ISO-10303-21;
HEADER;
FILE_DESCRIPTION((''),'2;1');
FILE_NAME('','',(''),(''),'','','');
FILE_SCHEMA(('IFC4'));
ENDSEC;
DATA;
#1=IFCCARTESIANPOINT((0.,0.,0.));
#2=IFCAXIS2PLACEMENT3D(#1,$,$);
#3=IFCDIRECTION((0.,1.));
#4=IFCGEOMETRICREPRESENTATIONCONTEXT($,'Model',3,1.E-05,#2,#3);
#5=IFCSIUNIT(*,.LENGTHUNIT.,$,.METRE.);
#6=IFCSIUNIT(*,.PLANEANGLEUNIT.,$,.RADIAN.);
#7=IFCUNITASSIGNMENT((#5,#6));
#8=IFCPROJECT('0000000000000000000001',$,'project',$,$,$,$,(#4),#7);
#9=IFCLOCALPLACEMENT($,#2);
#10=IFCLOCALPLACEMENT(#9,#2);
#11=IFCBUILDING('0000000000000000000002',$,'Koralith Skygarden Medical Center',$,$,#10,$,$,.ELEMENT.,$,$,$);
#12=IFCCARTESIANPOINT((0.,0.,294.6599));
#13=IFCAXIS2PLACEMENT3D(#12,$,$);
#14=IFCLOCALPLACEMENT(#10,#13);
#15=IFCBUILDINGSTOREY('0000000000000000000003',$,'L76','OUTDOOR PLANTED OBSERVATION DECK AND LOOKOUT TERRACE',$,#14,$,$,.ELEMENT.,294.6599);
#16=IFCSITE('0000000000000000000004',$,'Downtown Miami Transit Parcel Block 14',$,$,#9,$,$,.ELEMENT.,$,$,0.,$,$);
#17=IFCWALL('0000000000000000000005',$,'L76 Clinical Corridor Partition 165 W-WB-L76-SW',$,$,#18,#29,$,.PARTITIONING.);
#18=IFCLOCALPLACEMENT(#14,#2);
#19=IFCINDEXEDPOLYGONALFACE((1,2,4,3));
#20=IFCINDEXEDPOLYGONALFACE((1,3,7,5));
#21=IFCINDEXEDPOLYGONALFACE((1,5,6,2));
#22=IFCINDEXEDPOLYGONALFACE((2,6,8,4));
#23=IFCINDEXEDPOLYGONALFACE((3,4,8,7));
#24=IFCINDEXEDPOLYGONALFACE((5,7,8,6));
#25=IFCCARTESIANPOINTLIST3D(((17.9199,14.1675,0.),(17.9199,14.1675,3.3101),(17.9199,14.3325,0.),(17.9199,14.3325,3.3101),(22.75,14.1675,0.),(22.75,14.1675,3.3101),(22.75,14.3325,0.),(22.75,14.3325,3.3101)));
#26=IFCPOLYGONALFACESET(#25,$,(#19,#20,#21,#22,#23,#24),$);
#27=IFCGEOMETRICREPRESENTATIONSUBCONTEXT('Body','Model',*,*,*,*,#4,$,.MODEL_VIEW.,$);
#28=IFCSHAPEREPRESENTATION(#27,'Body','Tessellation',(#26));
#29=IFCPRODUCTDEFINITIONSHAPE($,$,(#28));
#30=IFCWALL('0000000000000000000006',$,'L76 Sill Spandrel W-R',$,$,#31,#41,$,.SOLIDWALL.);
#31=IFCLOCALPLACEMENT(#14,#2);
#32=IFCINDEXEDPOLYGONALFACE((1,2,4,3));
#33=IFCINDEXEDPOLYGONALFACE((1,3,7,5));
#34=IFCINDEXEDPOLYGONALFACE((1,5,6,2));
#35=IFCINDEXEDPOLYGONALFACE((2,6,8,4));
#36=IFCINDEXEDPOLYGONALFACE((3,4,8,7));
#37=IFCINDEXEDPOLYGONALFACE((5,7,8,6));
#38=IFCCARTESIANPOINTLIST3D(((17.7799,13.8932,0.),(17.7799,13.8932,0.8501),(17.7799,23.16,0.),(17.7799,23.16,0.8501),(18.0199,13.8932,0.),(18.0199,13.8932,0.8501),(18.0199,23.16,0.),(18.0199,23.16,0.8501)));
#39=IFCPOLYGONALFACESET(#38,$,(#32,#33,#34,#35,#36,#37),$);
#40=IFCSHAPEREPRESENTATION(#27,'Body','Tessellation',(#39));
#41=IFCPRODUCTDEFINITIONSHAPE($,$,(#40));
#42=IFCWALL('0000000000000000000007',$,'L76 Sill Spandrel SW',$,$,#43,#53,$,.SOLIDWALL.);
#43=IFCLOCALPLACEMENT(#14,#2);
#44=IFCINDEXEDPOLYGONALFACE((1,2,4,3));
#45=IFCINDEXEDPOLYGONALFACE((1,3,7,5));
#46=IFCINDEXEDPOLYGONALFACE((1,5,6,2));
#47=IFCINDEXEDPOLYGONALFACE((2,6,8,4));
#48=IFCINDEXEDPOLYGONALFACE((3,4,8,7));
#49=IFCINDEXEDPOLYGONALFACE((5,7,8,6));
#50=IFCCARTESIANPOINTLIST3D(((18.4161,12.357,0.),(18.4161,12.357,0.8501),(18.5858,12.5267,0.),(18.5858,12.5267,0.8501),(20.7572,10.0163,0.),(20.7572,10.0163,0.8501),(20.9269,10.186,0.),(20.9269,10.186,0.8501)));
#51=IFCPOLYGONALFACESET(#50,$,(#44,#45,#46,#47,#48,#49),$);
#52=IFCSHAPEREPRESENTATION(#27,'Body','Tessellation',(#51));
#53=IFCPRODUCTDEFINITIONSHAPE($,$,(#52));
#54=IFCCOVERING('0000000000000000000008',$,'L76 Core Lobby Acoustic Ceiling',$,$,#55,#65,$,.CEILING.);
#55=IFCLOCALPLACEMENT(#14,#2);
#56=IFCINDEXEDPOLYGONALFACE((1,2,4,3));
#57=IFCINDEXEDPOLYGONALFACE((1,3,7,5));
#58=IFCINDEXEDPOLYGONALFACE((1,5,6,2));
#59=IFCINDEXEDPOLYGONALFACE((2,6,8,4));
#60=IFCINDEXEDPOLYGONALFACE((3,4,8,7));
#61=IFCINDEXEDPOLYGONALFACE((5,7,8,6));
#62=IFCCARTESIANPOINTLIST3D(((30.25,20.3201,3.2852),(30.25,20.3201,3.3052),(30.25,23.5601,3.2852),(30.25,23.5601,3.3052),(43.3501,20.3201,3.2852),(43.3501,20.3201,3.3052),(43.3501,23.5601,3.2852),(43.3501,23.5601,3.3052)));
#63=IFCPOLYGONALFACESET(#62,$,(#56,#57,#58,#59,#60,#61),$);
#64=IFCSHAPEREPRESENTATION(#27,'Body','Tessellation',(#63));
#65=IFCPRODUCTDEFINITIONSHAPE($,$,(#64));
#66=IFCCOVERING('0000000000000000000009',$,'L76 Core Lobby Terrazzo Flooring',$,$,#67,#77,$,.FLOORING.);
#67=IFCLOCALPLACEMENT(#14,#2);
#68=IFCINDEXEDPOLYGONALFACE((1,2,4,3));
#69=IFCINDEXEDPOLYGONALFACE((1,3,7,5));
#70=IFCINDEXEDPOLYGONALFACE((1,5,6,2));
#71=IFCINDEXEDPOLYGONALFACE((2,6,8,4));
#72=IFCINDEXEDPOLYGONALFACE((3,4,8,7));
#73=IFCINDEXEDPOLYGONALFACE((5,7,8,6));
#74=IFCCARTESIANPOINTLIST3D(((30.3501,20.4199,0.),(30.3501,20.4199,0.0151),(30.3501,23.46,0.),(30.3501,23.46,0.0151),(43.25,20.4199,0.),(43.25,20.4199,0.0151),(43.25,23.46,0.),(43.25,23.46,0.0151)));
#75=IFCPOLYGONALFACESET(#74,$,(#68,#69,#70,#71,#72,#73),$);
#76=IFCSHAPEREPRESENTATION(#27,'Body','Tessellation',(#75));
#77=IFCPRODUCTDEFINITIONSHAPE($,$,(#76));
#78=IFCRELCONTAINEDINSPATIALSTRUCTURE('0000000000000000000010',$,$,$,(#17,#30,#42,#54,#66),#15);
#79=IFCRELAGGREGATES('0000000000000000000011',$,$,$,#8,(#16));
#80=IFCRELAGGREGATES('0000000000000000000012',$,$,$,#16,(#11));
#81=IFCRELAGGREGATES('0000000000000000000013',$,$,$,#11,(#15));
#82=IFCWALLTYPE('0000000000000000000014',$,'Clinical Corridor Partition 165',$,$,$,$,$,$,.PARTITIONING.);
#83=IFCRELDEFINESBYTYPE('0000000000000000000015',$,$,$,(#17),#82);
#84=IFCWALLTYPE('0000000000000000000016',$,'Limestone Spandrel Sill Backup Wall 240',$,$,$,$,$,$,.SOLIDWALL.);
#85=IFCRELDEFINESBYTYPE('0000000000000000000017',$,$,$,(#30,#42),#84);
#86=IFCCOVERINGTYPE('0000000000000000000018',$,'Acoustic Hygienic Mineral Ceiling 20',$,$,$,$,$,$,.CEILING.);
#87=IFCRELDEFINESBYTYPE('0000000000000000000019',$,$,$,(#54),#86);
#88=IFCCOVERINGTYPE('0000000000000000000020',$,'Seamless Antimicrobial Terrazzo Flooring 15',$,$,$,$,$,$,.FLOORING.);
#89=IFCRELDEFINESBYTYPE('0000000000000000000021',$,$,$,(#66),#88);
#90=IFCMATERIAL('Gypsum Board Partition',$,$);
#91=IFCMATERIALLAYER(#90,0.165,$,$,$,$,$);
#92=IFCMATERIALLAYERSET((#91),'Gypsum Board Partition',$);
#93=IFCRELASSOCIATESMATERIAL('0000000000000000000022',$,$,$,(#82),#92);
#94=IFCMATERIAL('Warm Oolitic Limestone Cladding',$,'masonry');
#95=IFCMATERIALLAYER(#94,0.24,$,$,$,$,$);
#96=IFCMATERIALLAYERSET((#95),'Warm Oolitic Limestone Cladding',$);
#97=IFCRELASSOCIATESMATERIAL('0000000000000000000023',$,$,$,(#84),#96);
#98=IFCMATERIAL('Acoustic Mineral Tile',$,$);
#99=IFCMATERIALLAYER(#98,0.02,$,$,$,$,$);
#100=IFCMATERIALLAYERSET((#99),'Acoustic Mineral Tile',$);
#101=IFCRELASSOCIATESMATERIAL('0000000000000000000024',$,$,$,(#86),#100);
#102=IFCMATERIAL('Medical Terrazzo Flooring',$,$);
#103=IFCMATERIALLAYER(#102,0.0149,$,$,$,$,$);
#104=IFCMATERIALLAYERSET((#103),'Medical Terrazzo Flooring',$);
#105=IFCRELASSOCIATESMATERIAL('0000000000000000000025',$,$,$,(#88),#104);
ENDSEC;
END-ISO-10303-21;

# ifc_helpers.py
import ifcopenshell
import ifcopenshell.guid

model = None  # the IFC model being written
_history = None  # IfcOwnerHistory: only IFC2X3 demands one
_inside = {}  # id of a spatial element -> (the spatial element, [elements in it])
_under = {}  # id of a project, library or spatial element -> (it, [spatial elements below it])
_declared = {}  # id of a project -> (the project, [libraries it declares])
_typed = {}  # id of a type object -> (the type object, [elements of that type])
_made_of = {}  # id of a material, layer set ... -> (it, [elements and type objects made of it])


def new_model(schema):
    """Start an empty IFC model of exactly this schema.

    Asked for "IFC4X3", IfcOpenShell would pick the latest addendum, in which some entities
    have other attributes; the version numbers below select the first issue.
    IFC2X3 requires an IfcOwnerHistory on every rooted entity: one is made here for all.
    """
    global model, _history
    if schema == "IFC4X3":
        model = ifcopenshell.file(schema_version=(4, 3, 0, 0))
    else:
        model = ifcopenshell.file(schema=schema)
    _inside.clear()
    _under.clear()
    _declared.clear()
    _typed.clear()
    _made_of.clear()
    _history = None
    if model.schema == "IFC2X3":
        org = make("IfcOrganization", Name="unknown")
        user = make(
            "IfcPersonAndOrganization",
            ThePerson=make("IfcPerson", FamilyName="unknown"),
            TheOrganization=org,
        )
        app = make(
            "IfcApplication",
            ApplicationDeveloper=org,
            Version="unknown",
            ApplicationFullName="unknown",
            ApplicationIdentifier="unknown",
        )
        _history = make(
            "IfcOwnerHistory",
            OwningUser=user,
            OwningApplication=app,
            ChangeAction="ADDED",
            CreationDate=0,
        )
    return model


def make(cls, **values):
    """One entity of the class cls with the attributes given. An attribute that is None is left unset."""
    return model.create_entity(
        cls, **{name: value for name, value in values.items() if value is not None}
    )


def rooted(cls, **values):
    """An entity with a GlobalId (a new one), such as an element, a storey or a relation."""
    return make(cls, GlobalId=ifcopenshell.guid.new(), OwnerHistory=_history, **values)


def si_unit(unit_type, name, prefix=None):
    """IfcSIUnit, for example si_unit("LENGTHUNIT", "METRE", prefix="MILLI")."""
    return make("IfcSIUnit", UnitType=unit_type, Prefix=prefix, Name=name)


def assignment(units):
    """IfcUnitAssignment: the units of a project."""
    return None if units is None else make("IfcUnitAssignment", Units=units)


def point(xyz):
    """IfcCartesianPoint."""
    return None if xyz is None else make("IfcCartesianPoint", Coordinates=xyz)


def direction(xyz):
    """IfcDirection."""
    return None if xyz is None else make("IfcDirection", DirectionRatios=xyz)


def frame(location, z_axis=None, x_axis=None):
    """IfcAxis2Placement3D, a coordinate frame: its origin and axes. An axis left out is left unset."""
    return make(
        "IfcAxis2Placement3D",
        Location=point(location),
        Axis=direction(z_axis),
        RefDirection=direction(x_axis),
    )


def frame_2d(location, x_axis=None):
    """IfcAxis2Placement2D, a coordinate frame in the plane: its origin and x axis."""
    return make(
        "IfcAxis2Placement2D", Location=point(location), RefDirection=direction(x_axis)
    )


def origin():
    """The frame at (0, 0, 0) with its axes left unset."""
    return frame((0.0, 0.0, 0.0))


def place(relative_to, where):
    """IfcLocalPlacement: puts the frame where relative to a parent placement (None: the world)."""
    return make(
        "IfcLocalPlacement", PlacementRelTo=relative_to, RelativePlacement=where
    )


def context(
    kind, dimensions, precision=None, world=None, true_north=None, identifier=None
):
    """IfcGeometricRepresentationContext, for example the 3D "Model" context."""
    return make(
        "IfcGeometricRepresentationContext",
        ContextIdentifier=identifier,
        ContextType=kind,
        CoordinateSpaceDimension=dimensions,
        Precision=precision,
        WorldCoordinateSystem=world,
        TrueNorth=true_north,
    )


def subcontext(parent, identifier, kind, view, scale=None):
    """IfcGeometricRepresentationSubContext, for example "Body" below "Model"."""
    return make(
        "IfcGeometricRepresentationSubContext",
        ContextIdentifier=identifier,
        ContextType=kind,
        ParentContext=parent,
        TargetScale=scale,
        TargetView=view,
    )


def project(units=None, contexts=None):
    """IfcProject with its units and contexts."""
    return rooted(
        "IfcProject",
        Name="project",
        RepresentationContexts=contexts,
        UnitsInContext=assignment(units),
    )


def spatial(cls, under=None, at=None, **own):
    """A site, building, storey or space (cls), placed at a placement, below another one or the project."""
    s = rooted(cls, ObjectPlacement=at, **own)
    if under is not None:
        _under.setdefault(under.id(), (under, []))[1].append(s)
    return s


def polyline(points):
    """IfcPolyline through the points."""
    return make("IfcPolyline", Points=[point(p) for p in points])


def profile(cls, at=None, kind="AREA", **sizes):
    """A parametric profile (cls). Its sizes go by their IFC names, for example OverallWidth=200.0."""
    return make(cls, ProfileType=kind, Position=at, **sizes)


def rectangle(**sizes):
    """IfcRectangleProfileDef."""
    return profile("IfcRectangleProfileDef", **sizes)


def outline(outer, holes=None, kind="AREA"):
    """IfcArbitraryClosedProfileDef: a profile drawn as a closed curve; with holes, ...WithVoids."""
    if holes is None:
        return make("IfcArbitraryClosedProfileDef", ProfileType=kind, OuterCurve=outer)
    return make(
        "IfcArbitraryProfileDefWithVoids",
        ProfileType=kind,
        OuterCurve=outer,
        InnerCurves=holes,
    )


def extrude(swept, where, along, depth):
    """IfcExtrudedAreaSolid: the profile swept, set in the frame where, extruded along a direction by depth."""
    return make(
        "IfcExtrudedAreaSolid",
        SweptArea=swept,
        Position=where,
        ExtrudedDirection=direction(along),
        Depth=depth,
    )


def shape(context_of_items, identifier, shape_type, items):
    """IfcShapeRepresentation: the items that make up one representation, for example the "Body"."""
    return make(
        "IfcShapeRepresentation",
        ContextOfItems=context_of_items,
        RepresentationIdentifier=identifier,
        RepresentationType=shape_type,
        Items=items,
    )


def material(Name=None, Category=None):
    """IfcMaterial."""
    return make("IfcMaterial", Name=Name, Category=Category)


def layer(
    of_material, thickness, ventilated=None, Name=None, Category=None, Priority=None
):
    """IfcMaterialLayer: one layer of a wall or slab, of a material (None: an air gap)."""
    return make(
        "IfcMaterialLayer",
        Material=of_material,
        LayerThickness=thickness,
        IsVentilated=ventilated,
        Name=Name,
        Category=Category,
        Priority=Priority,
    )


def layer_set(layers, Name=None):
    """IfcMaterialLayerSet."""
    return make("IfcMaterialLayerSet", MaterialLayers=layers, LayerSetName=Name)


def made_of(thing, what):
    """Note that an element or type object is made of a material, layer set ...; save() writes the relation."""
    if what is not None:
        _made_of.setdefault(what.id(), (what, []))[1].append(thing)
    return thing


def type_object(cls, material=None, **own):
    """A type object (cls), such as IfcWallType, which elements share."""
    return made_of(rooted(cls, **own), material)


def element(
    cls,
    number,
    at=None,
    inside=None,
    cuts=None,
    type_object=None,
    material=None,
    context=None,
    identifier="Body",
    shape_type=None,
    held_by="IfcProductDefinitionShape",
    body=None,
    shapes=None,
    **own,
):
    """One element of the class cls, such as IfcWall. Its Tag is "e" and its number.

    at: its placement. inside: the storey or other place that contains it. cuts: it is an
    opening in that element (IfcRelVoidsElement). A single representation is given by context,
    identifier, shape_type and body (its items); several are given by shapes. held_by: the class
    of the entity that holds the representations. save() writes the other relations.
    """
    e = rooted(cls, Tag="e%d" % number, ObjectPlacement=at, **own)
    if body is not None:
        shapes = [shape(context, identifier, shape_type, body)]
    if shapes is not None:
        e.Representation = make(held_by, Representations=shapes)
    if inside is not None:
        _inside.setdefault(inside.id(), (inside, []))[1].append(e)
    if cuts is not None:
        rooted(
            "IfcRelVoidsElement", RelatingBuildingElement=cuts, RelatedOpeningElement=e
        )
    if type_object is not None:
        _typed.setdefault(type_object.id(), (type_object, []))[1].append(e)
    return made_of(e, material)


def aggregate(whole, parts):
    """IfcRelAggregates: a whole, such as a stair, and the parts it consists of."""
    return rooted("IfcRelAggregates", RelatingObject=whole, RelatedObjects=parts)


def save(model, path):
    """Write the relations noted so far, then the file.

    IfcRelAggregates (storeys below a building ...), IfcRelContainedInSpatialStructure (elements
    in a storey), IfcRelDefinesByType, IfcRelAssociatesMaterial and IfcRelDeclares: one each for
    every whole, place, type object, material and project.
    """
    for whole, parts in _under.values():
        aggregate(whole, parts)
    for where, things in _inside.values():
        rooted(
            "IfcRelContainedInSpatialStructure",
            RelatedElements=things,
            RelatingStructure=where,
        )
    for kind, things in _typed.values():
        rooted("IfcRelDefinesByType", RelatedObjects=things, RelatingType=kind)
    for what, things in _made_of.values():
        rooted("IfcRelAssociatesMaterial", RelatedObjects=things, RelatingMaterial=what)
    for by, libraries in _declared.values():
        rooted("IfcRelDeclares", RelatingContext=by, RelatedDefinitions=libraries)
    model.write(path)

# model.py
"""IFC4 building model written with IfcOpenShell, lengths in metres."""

from ifc_helpers import new_model, si_unit, direction, frame, frame_2d, origin, place, context, subcontext, project, spatial, polyline, rectangle, outline, extrude, material, layer, layer_set, type_object, element, save


model = new_model("IFC4")

# Units and contexts
model_context = context("Model", 3, precision=1e-05, world=origin(), true_north=direction((0.0, 1.0)))
body_context = subcontext(model_context, "Body", "Model", "MODEL_VIEW")
ifc_project = project(units=[si_unit("LENGTHUNIT", "METRE"), si_unit("PLANEANGLEUNIT", "RADIAN")], contexts=[model_context])

# Site, building, storey
site_placement = place(None, origin())
site = spatial("IfcSite", under=ifc_project, at=site_placement, Name="Downtown Miami Transit Parcel Block 14", CompositionType="ELEMENT", RefElevation=0.0)
building_placement = place(site_placement, origin())
building = spatial("IfcBuilding", under=site, at=building_placement, Name="Koralith Skygarden Medical Center", CompositionType="ELEMENT")
storey_placement = place(building_placement, frame((0.0, 0.0, 294.6599)))
storey = spatial("IfcBuildingStorey", under=building, at=storey_placement, Name="L76", Description="OUTDOOR PLANTED OBSERVATION DECK AND LOOKOUT TERRACE", CompositionType="ELEMENT", Elevation=294.6599)

# Shared definitions
ifc_material_1 = material(Name="Warm Oolitic Limestone Cladding", Category="masonry")

# Walls
ifc_material_2 = material(Name="Gypsum Board Partition")
ifc_layer_1 = layer(ifc_material_2, 0.165)
ifc_layer_set_1 = layer_set([ifc_layer_1], Name="Gypsum Board Partition")
wall_type_1 = type_object("IfcWallType", Name="Clinical Corridor Partition 165", PredefinedType="PARTITIONING", material=ifc_layer_set_1)
wall_1_placement = place(storey_placement, frame((17.9199, 14.25, 0.0), z_axis=(0.0, 0.0, 1.0), x_axis=(1.0, 0.0, 0.0)))
element("IfcWall", 1, at=wall_1_placement, inside=storey, type_object=wall_type_1, Name="L76 Clinical Corridor Partition 165 W-WB-L76-SW", PredefinedType="PARTITIONING", context=body_context, shape_type="SweptSolid", body=[
    extrude(rectangle(XDim=4.8301, YDim=0.165, at=frame_2d((2.415, 0.0))), origin(), (0.0, 0.0, 1.0), 3.3101),
])
ifc_layer_2 = layer(ifc_material_1, 0.24)
ifc_layer_set_2 = layer_set([ifc_layer_2], Name="Warm Oolitic Limestone Cladding")
wall_type_2 = type_object("IfcWallType", Name="Limestone Spandrel Sill Backup Wall 240", PredefinedType="SOLIDWALL", material=ifc_layer_set_2)
wall_2_placement = place(storey_placement, frame((17.8999, 23.1599, 0.0), z_axis=(0.0, 0.0, 1.0), x_axis=(0.0, -1.0, 0.0)))
element("IfcWall", 2, at=wall_2_placement, inside=storey, type_object=wall_type_2, Name="L76 Sill Spandrel W-R", PredefinedType="SOLIDWALL", context=body_context, shape_type="SweptSolid", body=[
    extrude(rectangle(XDim=9.2668, YDim=0.24, at=frame_2d((4.6333, 0.0))), origin(), (0.0, 0.0, 1.0), 0.8501),
])
wall_3_placement = place(storey_placement, frame((18.501, 12.4419, 0.0), z_axis=(0.0, 0.0, 1.0), x_axis=(0.707144, -0.70707, 0.0)))
element("IfcWall", 3, at=wall_3_placement, inside=storey, type_object=wall_type_2, Name="L76 Sill Spandrel SW", PredefinedType="SOLIDWALL", context=body_context, shape_type="SweptSolid", body=[
    extrude(rectangle(XDim=3.3105, YDim=0.24, at=frame_2d((1.6553, 0.0))), origin(), (0.0, 0.0, 1.0), 0.8501),
])

# Coverings
ifc_material_3 = material(Name="Acoustic Mineral Tile")
ifc_layer_3 = layer(ifc_material_3, 0.02)
ifc_layer_set_3 = layer_set([ifc_layer_3], Name="Acoustic Mineral Tile")
covering_type_1 = type_object("IfcCoveringType", Name="Acoustic Hygienic Mineral Ceiling 20", PredefinedType="CEILING", material=ifc_layer_set_3)
covering_1_placement = place(storey_placement, frame((0.0, 0.0, 3.2852)))
element("IfcCovering", 4, at=covering_1_placement, inside=storey, type_object=covering_type_1, Name="L76 Core Lobby Acoustic Ceiling", PredefinedType="CEILING", context=body_context, shape_type="SweptSolid", body=[
    extrude(outline(polyline([(30.25, 20.3201), (43.3501, 20.3201), (43.3501, 23.5601), (30.25, 23.5601), (30.25, 20.3201)])), origin(), (0.0, 0.0, 1.0), 0.02),
])
ifc_material_4 = material(Name="Medical Terrazzo Flooring")
ifc_layer_4 = layer(ifc_material_4, 0.0149)
ifc_layer_set_4 = layer_set([ifc_layer_4], Name="Medical Terrazzo Flooring")
covering_type_2 = type_object("IfcCoveringType", Name="Seamless Antimicrobial Terrazzo Flooring 15", PredefinedType="FLOORING", material=ifc_layer_set_4)
covering_2_placement = place(storey_placement, origin())
element("IfcCovering", 5, at=covering_2_placement, inside=storey, type_object=covering_type_2, Name="L76 Core Lobby Terrazzo Flooring", PredefinedType="FLOORING", context=body_context, shape_type="SweptSolid", body=[
    extrude(outline(polyline([(30.3501, 20.4199), (43.25, 20.4199), (43.25, 23.46), (30.3501, 23.46), (30.3501, 20.4199)])), origin(), (0.0, 0.0, 1.0), 0.0151),
])

save(model, "model.ifc")
